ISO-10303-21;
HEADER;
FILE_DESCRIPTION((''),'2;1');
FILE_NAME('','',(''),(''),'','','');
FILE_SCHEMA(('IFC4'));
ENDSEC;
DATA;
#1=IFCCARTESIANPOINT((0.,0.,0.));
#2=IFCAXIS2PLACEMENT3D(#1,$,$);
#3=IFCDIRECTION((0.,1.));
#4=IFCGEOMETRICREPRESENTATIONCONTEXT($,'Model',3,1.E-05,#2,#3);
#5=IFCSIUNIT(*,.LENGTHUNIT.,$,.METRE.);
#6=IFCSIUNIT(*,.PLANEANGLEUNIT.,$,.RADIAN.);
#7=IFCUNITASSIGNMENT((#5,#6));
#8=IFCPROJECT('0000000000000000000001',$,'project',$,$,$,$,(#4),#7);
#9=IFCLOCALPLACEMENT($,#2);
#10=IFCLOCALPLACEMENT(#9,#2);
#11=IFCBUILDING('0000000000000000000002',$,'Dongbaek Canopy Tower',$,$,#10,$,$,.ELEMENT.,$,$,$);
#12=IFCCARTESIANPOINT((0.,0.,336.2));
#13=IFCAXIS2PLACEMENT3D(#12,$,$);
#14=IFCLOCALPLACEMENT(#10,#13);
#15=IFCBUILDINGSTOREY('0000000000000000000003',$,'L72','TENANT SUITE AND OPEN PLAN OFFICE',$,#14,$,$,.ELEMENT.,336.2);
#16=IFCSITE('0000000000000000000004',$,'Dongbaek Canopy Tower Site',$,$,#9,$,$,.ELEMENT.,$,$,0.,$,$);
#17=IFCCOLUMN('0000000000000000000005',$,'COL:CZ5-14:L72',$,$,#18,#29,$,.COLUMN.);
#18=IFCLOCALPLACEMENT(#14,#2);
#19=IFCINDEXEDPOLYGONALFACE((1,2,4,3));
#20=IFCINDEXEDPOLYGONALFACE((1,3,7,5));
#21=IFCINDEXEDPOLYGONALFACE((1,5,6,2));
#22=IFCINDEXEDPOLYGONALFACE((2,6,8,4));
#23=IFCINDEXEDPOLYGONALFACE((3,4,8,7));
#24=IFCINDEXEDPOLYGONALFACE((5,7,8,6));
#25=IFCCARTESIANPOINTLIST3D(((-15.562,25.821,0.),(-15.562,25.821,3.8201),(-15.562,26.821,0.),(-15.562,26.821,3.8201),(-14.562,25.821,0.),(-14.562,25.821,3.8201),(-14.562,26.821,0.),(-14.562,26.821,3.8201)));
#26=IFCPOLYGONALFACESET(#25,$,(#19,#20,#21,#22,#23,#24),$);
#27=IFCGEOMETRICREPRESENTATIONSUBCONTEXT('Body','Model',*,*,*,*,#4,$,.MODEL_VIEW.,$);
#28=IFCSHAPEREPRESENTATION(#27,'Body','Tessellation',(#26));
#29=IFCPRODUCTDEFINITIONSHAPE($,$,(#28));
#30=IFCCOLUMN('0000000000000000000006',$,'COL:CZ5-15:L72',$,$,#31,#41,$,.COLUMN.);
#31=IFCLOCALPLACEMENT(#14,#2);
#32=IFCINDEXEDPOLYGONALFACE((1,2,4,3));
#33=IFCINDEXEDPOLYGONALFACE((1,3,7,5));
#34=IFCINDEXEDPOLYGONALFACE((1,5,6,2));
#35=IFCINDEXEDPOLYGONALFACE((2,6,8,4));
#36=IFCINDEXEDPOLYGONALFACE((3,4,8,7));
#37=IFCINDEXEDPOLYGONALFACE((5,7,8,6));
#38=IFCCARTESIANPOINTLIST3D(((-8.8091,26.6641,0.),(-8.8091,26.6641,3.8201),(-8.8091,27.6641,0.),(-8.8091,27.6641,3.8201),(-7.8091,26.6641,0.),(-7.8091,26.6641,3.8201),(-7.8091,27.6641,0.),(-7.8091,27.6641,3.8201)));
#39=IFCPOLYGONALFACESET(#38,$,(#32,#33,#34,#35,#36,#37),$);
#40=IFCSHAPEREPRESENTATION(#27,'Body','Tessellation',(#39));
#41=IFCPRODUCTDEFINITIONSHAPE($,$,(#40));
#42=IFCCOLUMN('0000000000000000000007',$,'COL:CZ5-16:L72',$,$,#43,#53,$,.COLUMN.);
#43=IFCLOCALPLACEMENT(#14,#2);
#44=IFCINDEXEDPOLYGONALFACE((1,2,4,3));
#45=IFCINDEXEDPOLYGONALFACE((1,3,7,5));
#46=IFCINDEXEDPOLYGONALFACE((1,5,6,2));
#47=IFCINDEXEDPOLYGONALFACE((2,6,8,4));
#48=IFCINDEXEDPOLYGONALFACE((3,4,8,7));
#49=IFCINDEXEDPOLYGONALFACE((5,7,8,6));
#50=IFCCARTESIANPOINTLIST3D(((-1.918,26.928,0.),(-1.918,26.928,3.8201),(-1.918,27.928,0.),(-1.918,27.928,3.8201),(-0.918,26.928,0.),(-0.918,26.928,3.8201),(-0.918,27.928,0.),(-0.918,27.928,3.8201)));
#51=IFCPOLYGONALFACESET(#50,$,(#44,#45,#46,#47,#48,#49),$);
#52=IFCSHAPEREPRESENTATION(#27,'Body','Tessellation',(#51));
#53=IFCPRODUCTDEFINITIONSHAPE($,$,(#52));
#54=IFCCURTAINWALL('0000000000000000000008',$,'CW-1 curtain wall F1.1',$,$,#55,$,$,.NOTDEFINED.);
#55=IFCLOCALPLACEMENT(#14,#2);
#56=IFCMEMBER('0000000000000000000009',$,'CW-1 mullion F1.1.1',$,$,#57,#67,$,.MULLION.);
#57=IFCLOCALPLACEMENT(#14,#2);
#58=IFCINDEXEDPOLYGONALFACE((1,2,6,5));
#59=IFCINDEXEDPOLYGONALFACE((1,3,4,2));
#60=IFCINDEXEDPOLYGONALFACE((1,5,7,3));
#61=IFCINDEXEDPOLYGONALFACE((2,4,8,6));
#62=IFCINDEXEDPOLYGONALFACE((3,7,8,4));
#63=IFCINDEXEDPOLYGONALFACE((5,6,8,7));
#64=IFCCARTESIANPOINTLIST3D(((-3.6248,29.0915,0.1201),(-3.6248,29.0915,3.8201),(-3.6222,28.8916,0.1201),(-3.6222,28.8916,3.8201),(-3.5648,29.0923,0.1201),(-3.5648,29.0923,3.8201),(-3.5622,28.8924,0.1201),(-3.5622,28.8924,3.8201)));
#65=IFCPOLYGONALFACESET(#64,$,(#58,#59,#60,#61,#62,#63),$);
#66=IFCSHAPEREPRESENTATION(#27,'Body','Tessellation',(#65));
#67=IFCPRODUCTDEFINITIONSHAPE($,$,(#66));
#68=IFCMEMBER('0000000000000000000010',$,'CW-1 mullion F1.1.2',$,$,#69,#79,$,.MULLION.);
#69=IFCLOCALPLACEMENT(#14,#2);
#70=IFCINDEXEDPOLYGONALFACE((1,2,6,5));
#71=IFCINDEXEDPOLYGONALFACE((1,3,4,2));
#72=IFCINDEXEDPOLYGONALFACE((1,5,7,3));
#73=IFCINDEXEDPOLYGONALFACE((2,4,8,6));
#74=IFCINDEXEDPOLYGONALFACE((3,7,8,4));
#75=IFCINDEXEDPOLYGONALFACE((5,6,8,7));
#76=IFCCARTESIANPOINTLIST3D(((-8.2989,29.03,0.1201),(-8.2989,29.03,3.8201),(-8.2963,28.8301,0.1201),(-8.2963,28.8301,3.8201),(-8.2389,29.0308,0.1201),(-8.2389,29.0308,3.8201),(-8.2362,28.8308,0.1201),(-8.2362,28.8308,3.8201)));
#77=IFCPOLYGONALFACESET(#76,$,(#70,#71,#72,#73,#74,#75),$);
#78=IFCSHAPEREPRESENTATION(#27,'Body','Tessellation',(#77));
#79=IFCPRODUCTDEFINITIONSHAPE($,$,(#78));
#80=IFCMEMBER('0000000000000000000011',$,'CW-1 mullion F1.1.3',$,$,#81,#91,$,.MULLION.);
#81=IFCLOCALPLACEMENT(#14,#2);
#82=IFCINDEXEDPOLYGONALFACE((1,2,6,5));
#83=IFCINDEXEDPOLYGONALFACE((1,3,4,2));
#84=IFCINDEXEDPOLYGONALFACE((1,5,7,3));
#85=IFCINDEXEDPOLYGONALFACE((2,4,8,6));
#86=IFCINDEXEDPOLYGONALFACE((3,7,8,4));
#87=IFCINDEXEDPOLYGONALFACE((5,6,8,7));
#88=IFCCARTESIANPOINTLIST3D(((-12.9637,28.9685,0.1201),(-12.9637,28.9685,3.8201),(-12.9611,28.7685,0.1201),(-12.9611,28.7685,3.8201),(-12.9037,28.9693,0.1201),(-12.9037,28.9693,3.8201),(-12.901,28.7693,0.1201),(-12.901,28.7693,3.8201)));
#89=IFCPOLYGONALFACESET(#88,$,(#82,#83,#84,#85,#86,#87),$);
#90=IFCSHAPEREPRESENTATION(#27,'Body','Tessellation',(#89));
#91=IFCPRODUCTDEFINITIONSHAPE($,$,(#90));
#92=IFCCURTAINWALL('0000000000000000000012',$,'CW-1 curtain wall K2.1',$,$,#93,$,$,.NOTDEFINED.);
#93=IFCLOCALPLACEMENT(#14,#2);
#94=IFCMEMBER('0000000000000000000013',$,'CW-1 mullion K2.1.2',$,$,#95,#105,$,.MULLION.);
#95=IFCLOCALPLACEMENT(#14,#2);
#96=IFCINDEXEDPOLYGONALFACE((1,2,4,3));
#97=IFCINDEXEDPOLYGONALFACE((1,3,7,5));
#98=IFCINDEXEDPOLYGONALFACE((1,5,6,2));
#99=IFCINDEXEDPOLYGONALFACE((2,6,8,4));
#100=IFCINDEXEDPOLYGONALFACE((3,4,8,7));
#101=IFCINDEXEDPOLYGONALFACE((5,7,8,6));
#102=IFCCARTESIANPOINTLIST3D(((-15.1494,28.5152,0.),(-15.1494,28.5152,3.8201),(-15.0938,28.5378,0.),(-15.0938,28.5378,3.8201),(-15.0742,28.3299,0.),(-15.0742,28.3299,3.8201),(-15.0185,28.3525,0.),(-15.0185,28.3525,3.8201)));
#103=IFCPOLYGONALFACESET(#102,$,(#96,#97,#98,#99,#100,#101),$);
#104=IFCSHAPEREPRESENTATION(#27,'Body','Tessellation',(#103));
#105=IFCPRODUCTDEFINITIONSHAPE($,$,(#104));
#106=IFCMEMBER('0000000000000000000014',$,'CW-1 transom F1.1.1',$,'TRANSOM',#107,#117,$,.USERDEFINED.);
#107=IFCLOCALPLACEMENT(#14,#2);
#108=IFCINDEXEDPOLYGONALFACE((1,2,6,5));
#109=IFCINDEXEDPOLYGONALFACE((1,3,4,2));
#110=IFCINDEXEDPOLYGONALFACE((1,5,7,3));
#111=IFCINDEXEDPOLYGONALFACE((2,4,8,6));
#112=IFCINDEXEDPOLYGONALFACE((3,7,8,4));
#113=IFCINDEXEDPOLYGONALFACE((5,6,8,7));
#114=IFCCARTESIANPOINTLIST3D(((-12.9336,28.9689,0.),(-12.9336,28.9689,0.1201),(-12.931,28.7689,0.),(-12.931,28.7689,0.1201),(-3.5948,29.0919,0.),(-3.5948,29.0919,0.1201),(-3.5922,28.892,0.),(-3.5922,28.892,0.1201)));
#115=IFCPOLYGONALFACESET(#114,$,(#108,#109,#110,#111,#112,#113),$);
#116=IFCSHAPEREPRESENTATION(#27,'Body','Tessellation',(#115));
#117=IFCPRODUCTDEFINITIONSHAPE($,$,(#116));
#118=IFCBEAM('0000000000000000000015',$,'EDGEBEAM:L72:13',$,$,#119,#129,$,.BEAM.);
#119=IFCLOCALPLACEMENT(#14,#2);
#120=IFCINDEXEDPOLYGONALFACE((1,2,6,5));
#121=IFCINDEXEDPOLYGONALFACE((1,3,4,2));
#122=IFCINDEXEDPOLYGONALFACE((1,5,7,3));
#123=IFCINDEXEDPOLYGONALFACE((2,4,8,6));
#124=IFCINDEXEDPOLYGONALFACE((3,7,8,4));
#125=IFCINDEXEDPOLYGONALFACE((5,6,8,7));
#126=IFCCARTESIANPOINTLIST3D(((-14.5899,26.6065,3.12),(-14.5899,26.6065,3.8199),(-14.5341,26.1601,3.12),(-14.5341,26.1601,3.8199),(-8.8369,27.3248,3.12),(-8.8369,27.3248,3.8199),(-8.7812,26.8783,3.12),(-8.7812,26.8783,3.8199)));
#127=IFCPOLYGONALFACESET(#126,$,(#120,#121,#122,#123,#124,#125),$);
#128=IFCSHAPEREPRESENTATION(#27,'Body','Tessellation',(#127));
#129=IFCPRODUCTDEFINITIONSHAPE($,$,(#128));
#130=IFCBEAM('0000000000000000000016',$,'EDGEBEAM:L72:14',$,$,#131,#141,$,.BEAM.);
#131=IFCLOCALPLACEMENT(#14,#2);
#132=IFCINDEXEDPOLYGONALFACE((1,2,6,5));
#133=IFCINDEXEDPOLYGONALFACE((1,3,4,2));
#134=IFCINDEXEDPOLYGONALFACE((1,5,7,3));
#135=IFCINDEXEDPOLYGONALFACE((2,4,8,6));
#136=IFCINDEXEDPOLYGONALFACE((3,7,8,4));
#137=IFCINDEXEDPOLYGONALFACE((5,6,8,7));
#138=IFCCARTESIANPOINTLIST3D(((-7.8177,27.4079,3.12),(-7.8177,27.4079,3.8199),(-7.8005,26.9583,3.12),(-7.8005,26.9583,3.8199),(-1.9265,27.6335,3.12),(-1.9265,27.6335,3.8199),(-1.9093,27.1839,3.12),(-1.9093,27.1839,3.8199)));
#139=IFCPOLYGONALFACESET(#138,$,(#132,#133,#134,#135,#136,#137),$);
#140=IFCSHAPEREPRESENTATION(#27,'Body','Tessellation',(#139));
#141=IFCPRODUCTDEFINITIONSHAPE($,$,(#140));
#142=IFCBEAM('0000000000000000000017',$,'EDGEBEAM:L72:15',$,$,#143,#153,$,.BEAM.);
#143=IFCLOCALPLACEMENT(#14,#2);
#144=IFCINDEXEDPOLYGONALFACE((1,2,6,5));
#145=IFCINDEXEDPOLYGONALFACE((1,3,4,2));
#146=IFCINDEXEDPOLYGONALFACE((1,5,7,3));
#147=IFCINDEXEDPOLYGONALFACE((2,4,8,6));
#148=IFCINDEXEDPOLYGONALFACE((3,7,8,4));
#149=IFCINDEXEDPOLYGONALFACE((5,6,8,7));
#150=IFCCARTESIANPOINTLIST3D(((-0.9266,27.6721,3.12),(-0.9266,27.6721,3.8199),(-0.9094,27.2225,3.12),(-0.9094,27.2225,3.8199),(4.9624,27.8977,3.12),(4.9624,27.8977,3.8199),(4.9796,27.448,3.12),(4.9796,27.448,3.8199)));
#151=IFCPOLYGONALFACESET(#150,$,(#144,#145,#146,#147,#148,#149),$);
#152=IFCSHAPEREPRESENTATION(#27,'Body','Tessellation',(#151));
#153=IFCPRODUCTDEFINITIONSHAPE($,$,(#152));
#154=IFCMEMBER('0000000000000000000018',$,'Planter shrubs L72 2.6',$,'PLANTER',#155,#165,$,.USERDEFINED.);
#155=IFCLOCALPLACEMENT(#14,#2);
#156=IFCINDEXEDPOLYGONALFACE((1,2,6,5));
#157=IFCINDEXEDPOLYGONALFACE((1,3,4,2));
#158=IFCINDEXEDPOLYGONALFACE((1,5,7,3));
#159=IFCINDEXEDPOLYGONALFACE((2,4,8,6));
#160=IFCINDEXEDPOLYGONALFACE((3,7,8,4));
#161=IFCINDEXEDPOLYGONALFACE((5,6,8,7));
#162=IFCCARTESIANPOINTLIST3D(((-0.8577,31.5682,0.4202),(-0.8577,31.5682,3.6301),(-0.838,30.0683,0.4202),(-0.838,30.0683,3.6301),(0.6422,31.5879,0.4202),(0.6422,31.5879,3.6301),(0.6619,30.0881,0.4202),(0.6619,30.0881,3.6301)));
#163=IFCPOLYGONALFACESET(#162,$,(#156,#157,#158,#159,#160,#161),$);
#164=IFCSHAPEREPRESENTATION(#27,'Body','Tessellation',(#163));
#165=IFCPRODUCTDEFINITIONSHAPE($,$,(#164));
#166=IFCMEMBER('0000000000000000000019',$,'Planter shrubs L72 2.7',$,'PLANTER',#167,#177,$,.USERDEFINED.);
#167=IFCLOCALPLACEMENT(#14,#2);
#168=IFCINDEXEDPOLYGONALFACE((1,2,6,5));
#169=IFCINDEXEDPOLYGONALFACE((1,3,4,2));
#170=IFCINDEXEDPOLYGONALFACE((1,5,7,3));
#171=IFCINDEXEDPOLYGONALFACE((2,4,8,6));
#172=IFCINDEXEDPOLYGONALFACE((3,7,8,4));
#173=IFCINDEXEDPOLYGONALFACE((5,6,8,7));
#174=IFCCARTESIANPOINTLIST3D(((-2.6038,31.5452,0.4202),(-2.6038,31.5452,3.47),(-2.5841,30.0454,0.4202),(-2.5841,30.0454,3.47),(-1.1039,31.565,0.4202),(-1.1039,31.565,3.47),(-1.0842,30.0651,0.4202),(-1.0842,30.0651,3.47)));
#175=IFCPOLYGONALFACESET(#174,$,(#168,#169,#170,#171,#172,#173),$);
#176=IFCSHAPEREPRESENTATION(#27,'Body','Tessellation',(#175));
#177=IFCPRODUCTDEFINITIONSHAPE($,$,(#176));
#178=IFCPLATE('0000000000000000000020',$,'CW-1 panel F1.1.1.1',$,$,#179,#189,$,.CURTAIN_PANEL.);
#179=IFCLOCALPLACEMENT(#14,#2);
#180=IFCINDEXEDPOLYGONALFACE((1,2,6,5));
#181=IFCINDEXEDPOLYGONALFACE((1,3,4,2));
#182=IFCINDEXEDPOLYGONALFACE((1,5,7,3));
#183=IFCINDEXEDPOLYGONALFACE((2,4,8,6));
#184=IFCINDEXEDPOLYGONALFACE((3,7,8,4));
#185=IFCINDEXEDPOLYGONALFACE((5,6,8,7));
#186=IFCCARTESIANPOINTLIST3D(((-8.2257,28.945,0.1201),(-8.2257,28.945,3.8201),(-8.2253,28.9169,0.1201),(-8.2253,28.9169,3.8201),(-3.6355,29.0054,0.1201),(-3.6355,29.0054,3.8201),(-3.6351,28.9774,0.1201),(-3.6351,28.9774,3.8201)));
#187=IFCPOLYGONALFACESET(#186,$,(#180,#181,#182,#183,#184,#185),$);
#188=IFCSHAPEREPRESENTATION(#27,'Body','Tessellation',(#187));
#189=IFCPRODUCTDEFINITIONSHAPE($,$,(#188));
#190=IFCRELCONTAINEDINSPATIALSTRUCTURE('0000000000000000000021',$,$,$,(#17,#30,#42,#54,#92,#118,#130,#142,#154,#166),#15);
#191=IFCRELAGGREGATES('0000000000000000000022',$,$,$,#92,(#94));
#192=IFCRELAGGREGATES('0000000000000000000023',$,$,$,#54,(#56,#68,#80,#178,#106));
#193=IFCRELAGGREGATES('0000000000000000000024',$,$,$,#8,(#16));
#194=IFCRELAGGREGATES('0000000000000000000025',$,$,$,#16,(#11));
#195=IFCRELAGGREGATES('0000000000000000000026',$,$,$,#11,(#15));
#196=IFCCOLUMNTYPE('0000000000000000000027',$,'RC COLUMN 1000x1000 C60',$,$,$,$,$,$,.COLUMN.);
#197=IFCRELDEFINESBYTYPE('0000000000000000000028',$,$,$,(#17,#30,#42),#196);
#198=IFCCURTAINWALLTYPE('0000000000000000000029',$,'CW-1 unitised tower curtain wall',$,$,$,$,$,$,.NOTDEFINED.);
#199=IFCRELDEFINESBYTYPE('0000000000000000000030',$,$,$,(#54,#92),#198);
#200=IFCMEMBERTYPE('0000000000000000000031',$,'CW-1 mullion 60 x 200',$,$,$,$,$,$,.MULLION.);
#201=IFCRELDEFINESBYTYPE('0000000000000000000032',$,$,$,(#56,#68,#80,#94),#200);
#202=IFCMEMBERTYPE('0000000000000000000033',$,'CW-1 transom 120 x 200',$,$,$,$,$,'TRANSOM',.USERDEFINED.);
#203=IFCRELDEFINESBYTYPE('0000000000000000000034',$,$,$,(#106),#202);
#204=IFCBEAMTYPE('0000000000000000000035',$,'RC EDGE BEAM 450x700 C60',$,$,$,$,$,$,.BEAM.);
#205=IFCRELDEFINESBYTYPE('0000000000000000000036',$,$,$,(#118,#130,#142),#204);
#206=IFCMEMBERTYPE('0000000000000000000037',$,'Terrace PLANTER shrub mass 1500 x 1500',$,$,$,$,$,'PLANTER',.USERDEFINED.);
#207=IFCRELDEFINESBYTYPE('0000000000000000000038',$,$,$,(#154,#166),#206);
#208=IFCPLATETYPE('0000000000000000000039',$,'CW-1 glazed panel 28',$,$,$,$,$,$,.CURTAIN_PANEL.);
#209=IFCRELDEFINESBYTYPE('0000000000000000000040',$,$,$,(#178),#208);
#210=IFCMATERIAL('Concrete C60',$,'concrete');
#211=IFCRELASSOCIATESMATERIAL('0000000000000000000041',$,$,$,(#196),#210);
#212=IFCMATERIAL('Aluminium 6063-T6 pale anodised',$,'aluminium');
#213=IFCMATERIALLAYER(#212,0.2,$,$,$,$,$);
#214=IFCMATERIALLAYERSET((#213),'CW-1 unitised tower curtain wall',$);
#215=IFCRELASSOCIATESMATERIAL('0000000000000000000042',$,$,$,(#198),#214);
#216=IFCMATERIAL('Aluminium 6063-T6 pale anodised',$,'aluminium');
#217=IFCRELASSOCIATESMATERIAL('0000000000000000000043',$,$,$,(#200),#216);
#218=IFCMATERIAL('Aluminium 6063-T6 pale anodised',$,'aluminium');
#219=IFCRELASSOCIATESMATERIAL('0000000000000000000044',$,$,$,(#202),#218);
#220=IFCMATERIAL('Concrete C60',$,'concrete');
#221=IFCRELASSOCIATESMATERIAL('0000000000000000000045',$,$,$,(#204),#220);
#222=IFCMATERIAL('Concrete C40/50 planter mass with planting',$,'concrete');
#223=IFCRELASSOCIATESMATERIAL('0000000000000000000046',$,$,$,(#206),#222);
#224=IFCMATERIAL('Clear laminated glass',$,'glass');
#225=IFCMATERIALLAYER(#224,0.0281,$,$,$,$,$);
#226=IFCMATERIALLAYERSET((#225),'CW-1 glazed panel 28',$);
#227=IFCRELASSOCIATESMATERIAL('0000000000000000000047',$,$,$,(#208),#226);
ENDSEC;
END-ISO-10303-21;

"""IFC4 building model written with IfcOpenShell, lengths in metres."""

from ifc_helpers import new_model, si_unit, direction, frame, origin, origin_2d, place, context, subcontext, project, spatial, rectangle, extrude, material, layer, layer_set, material_profile, profile_set, type_object, element, aggregate, save


model = new_model("IFC4")

# Units and contexts
model_context = context("Model", 3, precision=1e-05, world=origin(), true_north=direction((0.0, 1.0)))
body_context = subcontext(model_context, "Body", "Model", "MODEL_VIEW")
ifc_project = project(units=[si_unit("LENGTHUNIT", "METRE"), si_unit("PLANEANGLEUNIT", "RADIAN")], contexts=[model_context])

# Site, building, storey
site_placement = place(None, origin())
site = spatial("IfcSite", under=ifc_project, at=site_placement, Name="Dongbaek Canopy Tower Site", CompositionType="ELEMENT", RefElevation=0.0)
building_placement = place(site_placement, origin())
building = spatial("IfcBuilding", under=site, at=building_placement, Name="Dongbaek Canopy Tower", CompositionType="ELEMENT")
storey_placement = place(building_placement, frame((0.0, 0.0, 336.2)))
storey = spatial("IfcBuildingStorey", under=building, at=storey_placement, Name="L72", Description="TENANT SUITE AND OPEN PLAN OFFICE", CompositionType="ELEMENT", Elevation=336.2)

# Columns
ifc_material_1 = material(Name="Concrete C60", Category="concrete")
ifc_material_profile_1 = material_profile(ifc_material_1, rectangle(XDim=1.0, YDim=1.0, at=origin_2d()), Name="RC COLUMN 1000x1000 C60")
ifc_profile_set_1 = profile_set([ifc_material_profile_1], Name="Concrete C60")
column_type = type_object("IfcColumnType", Name="RC COLUMN 1000x1000 C60", PredefinedType="COLUMN", material=ifc_profile_set_1)
for number, where, z_axis, x_axis, name in (
    (1, (-15.062, 26.321, 0.0), (0.0, 0.0, 1.0), (1.0, 0.0, 0.0), "COL:CZ5-14:L72"),
    (2, (-8.3091, 27.1641, 0.0), (0.0, 0.0, 1.0), (1.0, 0.0, 0.0), "COL:CZ5-15:L72"),
    (3, (-1.418, 27.428, 0.0), (0.0, 0.0, 1.0), (1.0, 0.0, 0.0), "COL:CZ5-16:L72"),
):
    element("IfcColumn", number, at=place(storey_placement, frame(where, z_axis=z_axis, x_axis=x_axis)), inside=storey, type_object=column_type, Name=name, PredefinedType="COLUMN", context=body_context, shape_type="SweptSolid", body=[
        extrude(rectangle(XDim=1.0, YDim=1.0, at=origin_2d()), origin(), (0.0, 0.0, 1.0), 3.8201),
    ])

# Curtain wall, members
ifc_material_2 = material(Name="Aluminium 6063-T6 pale anodised", Category="aluminium")
ifc_layer_1 = layer(ifc_material_2, 0.2)
ifc_layer_set_1 = layer_set([ifc_layer_1], Name="CW-1 unitised tower curtain wall")
curtain_wall_type = type_object("IfcCurtainWallType", Name="CW-1 unitised tower curtain wall", PredefinedType="NOTDEFINED", material=ifc_layer_set_1)
curtain_wall_1_placement = place(storey_placement, origin())
curtain_wall_1 = element("IfcCurtainWall", 4, at=curtain_wall_1_placement, inside=storey, type_object=curtain_wall_type, Name="CW-1 curtain wall F1.1", PredefinedType="NOTDEFINED")
ifc_material_3 = material(Name="Aluminium 6063-T6 pale anodised", Category="aluminium")
ifc_material_profile_2 = material_profile(ifc_material_3, rectangle(XDim=0.2, YDim=0.0601, at=origin_2d()), Name="CW-1 mullion 60 x 200")
ifc_profile_set_2 = profile_set([ifc_material_profile_2], Name="Aluminium 6063-T6 pale anodised")
member_type_1 = type_object("IfcMemberType", Name="CW-1 mullion 60 x 200", PredefinedType="MULLION", material=ifc_profile_set_2)
member_1_placement = place(storey_placement, frame((-3.5935, 28.9919, 0.1201), z_axis=(0.0, 0.0, 1.0), x_axis=(-0.013165, 0.999913, 0.0)))
member_1 = element("IfcMember", 5, at=member_1_placement, type_object=member_type_1, Name="CW-1 mullion F1.1.1", PredefinedType="MULLION", context=body_context, shape_type="SweptSolid", body=[
    extrude(rectangle(XDim=0.2, YDim=0.0601, at=origin_2d()), origin(), (0.0, 0.0, 1.0), 3.7),
])
member_2_placement = place(storey_placement, frame((-8.2676, 28.9304, 0.1201), z_axis=(0.0, 0.0, 1.0), x_axis=(-0.013165, 0.999913, 0.0)))
member_2 = element("IfcMember", 6, at=member_2_placement, type_object=member_type_1, Name="CW-1 mullion F1.1.2", PredefinedType="MULLION", context=body_context, shape_type="SweptSolid", body=[
    extrude(rectangle(XDim=0.2, YDim=0.0601, at=origin_2d()), origin(), (0.0, 0.0, 1.0), 3.7),
])
member_3_placement = place(storey_placement, frame((-12.9324, 28.8689, 0.1201), z_axis=(0.0, 0.0, 1.0), x_axis=(-0.013165, 0.999913, 0.0)))
member_3 = element("IfcMember", 7, at=member_3_placement, type_object=member_type_1, Name="CW-1 mullion F1.1.3", PredefinedType="MULLION", context=body_context, shape_type="SweptSolid", body=[
    extrude(rectangle(XDim=0.2, YDim=0.0601, at=origin_2d()), origin(), (0.0, 0.0, 1.0), 3.7),
])

# Curtain wall, member
curtain_wall_2_placement = place(storey_placement, origin())
curtain_wall_2 = element("IfcCurtainWall", 8, at=curtain_wall_2_placement, inside=storey, type_object=curtain_wall_type, Name="CW-1 curtain wall K2.1", PredefinedType="NOTDEFINED")
member_4_placement = place(storey_placement, frame((-15.084, 28.4338, 0.0), z_axis=(0.0, 0.0, 1.0), x_axis=(-0.376366, 0.926471, 0.0)))
member_4 = element("IfcMember", 9, at=member_4_placement, type_object=member_type_1, Name="CW-1 mullion K2.1.2", PredefinedType="MULLION", context=body_context, shape_type="SweptSolid", body=[
    extrude(rectangle(XDim=0.2, YDim=0.0601, at=origin_2d()), origin(), (0.0, 0.0, 1.0), 3.8201),
])

# Member
ifc_material_4 = material(Name="Aluminium 6063-T6 pale anodised", Category="aluminium")
ifc_material_profile_3 = material_profile(ifc_material_4, rectangle(XDim=0.2, YDim=0.1201, at=origin_2d()), Name="CW-1 transom 120 x 200")
ifc_profile_set_3 = profile_set([ifc_material_profile_3], Name="Aluminium 6063-T6 pale anodised")
member_type_2 = type_object("IfcMemberType", Name="CW-1 transom 120 x 200", ElementType="TRANSOM", PredefinedType="USERDEFINED", material=ifc_profile_set_3)
member_5_placement = place(storey_placement, frame((-3.5935, 28.9919, 0.0601), z_axis=(-0.999913, -0.013175, 0.0), x_axis=(0.013175, -0.999913, 0.0)))
member_5 = element("IfcMember", 10, at=member_5_placement, type_object=member_type_2, Name="CW-1 transom F1.1.1", ObjectType="TRANSOM", PredefinedType="USERDEFINED", context=body_context, shape_type="SweptSolid", body=[
    extrude(rectangle(XDim=0.2, YDim=0.1201, at=origin_2d()), origin(), (0.0, 0.0, 1.0), 9.3396),
])

# Beams
ifc_material_5 = material(Name="Concrete C60", Category="concrete")
ifc_material_profile_4 = material_profile(ifc_material_5, rectangle(XDim=0.45, YDim=0.7, at=origin_2d()), Name="RC EDGE BEAM 450x700 C60")
ifc_profile_set_4 = profile_set([ifc_material_profile_4], Name="Concrete C60")
beam_type = type_object("IfcBeamType", Name="RC EDGE BEAM 450x700 C60", PredefinedType="BEAM", material=ifc_profile_set_4)
beam_1_placement = place(storey_placement, frame((-14.562, 26.3833, 3.47), z_axis=(0.992296, 0.12389, 0.0), x_axis=(-0.12389, 0.992296, 0.0)))
element("IfcBeam", 11, at=beam_1_placement, inside=storey, type_object=beam_type, Name="EDGEBEAM:L72:13", PredefinedType="BEAM", context=body_context, shape_type="SweptSolid", body=[
    extrude(rectangle(XDim=0.45, YDim=0.7, at=origin_2d()), origin(), (0.0, 0.0, 1.0), 5.7976),
])
beam_2_placement = place(storey_placement, frame((-7.8091, 27.1831, 3.47), z_axis=(0.999268, 0.038265, 0.0), x_axis=(-0.038265, 0.999268, 0.0)))
element("IfcBeam", 12, at=beam_2_placement, inside=storey, type_object=beam_type, Name="EDGEBEAM:L72:14", PredefinedType="BEAM", context=body_context, shape_type="SweptSolid", body=[
    extrude(rectangle(XDim=0.45, YDim=0.7, at=origin_2d()), origin(), (0.0, 0.0, 1.0), 5.8955),
])
beam_3_placement = place(storey_placement, frame((-0.918, 27.4473, 3.47), z_axis=(0.999267, 0.038279, 0.0), x_axis=(-0.038279, 0.999267, 0.0)))
element("IfcBeam", 13, at=beam_3_placement, inside=storey, type_object=beam_type, Name="EDGEBEAM:L72:15", PredefinedType="BEAM", context=body_context, shape_type="SweptSolid", body=[
    extrude(rectangle(XDim=0.45, YDim=0.7, at=origin_2d()), origin(), (0.0, 0.0, 1.0), 5.8933),
])

# Members
ifc_material_6 = material(Name="Concrete C40/50 planter mass with planting", Category="concrete")
ifc_material_profile_5 = material_profile(ifc_material_6, rectangle(XDim=1.5, YDim=1.5, at=origin_2d()), Name="Terrace PLANTER shrub mass 1500 x 1500")
ifc_profile_set_5 = profile_set([ifc_material_profile_5], Name="Concrete C40/50 planter mass with planting")
member_type_3 = type_object("IfcMemberType", Name="Terrace PLANTER shrub mass 1500 x 1500", ElementType="PLANTER", PredefinedType="USERDEFINED", material=ifc_profile_set_5)
member_6_placement = place(storey_placement, frame((-0.0979, 30.8281, 0.4202), z_axis=(0.0, 0.0, 1.0), x_axis=(-0.013165, 0.999913, 0.0)))
element("IfcMember", 14, at=member_6_placement, inside=storey, type_object=member_type_3, Name="Planter shrubs L72 2.6", ObjectType="PLANTER", PredefinedType="USERDEFINED", context=body_context, shape_type="SweptSolid", body=[
    extrude(rectangle(XDim=1.5, YDim=1.5, at=origin_2d()), origin(), (0.0, 0.0, 1.0), 3.21),
])
member_7_placement = place(storey_placement, frame((-1.844, 30.8052, 0.4202), z_axis=(0.0, 0.0, 1.0), x_axis=(-0.013165, 0.999913, 0.0)))
element("IfcMember", 15, at=member_7_placement, inside=storey, type_object=member_type_3, Name="Planter shrubs L72 2.7", ObjectType="PLANTER", PredefinedType="USERDEFINED", context=body_context, shape_type="SweptSolid", body=[
    extrude(rectangle(XDim=1.5, YDim=1.5, at=origin_2d()), origin(), (0.0, 0.0, 1.0), 3.0498),
])

# Plate
ifc_material_7 = material(Name="Clear laminated glass", Category="glass")
ifc_layer_2 = layer(ifc_material_7, 0.0281)
ifc_layer_set_2 = layer_set([ifc_layer_2], Name="CW-1 glazed panel 28")
plate_type = type_object("IfcPlateType", Name="CW-1 glazed panel 28", PredefinedType="CURTAIN_PANEL", material=ifc_layer_set_2)
plate_1_placement = place(storey_placement, frame((-5.9304, 28.9612, 0.1201), z_axis=(0.0, 0.0, 1.0), x_axis=(-0.999913, -0.013165, 0.0)))
plate_1 = element("IfcPlate", 16, at=plate_1_placement, type_object=plate_type, Name="CW-1 panel F1.1.1.1", PredefinedType="CURTAIN_PANEL", context=body_context, shape_type="SweptSolid", body=[
    extrude(rectangle(XDim=4.5906, YDim=0.0281, at=origin_2d()), origin(), (0.0, 0.0, 1.0), 3.7),
])
aggregate(curtain_wall_2, [member_4])

aggregate(curtain_wall_1, [member_1, member_2, member_3, plate_1, member_5])

save(model, "model.ifc")
